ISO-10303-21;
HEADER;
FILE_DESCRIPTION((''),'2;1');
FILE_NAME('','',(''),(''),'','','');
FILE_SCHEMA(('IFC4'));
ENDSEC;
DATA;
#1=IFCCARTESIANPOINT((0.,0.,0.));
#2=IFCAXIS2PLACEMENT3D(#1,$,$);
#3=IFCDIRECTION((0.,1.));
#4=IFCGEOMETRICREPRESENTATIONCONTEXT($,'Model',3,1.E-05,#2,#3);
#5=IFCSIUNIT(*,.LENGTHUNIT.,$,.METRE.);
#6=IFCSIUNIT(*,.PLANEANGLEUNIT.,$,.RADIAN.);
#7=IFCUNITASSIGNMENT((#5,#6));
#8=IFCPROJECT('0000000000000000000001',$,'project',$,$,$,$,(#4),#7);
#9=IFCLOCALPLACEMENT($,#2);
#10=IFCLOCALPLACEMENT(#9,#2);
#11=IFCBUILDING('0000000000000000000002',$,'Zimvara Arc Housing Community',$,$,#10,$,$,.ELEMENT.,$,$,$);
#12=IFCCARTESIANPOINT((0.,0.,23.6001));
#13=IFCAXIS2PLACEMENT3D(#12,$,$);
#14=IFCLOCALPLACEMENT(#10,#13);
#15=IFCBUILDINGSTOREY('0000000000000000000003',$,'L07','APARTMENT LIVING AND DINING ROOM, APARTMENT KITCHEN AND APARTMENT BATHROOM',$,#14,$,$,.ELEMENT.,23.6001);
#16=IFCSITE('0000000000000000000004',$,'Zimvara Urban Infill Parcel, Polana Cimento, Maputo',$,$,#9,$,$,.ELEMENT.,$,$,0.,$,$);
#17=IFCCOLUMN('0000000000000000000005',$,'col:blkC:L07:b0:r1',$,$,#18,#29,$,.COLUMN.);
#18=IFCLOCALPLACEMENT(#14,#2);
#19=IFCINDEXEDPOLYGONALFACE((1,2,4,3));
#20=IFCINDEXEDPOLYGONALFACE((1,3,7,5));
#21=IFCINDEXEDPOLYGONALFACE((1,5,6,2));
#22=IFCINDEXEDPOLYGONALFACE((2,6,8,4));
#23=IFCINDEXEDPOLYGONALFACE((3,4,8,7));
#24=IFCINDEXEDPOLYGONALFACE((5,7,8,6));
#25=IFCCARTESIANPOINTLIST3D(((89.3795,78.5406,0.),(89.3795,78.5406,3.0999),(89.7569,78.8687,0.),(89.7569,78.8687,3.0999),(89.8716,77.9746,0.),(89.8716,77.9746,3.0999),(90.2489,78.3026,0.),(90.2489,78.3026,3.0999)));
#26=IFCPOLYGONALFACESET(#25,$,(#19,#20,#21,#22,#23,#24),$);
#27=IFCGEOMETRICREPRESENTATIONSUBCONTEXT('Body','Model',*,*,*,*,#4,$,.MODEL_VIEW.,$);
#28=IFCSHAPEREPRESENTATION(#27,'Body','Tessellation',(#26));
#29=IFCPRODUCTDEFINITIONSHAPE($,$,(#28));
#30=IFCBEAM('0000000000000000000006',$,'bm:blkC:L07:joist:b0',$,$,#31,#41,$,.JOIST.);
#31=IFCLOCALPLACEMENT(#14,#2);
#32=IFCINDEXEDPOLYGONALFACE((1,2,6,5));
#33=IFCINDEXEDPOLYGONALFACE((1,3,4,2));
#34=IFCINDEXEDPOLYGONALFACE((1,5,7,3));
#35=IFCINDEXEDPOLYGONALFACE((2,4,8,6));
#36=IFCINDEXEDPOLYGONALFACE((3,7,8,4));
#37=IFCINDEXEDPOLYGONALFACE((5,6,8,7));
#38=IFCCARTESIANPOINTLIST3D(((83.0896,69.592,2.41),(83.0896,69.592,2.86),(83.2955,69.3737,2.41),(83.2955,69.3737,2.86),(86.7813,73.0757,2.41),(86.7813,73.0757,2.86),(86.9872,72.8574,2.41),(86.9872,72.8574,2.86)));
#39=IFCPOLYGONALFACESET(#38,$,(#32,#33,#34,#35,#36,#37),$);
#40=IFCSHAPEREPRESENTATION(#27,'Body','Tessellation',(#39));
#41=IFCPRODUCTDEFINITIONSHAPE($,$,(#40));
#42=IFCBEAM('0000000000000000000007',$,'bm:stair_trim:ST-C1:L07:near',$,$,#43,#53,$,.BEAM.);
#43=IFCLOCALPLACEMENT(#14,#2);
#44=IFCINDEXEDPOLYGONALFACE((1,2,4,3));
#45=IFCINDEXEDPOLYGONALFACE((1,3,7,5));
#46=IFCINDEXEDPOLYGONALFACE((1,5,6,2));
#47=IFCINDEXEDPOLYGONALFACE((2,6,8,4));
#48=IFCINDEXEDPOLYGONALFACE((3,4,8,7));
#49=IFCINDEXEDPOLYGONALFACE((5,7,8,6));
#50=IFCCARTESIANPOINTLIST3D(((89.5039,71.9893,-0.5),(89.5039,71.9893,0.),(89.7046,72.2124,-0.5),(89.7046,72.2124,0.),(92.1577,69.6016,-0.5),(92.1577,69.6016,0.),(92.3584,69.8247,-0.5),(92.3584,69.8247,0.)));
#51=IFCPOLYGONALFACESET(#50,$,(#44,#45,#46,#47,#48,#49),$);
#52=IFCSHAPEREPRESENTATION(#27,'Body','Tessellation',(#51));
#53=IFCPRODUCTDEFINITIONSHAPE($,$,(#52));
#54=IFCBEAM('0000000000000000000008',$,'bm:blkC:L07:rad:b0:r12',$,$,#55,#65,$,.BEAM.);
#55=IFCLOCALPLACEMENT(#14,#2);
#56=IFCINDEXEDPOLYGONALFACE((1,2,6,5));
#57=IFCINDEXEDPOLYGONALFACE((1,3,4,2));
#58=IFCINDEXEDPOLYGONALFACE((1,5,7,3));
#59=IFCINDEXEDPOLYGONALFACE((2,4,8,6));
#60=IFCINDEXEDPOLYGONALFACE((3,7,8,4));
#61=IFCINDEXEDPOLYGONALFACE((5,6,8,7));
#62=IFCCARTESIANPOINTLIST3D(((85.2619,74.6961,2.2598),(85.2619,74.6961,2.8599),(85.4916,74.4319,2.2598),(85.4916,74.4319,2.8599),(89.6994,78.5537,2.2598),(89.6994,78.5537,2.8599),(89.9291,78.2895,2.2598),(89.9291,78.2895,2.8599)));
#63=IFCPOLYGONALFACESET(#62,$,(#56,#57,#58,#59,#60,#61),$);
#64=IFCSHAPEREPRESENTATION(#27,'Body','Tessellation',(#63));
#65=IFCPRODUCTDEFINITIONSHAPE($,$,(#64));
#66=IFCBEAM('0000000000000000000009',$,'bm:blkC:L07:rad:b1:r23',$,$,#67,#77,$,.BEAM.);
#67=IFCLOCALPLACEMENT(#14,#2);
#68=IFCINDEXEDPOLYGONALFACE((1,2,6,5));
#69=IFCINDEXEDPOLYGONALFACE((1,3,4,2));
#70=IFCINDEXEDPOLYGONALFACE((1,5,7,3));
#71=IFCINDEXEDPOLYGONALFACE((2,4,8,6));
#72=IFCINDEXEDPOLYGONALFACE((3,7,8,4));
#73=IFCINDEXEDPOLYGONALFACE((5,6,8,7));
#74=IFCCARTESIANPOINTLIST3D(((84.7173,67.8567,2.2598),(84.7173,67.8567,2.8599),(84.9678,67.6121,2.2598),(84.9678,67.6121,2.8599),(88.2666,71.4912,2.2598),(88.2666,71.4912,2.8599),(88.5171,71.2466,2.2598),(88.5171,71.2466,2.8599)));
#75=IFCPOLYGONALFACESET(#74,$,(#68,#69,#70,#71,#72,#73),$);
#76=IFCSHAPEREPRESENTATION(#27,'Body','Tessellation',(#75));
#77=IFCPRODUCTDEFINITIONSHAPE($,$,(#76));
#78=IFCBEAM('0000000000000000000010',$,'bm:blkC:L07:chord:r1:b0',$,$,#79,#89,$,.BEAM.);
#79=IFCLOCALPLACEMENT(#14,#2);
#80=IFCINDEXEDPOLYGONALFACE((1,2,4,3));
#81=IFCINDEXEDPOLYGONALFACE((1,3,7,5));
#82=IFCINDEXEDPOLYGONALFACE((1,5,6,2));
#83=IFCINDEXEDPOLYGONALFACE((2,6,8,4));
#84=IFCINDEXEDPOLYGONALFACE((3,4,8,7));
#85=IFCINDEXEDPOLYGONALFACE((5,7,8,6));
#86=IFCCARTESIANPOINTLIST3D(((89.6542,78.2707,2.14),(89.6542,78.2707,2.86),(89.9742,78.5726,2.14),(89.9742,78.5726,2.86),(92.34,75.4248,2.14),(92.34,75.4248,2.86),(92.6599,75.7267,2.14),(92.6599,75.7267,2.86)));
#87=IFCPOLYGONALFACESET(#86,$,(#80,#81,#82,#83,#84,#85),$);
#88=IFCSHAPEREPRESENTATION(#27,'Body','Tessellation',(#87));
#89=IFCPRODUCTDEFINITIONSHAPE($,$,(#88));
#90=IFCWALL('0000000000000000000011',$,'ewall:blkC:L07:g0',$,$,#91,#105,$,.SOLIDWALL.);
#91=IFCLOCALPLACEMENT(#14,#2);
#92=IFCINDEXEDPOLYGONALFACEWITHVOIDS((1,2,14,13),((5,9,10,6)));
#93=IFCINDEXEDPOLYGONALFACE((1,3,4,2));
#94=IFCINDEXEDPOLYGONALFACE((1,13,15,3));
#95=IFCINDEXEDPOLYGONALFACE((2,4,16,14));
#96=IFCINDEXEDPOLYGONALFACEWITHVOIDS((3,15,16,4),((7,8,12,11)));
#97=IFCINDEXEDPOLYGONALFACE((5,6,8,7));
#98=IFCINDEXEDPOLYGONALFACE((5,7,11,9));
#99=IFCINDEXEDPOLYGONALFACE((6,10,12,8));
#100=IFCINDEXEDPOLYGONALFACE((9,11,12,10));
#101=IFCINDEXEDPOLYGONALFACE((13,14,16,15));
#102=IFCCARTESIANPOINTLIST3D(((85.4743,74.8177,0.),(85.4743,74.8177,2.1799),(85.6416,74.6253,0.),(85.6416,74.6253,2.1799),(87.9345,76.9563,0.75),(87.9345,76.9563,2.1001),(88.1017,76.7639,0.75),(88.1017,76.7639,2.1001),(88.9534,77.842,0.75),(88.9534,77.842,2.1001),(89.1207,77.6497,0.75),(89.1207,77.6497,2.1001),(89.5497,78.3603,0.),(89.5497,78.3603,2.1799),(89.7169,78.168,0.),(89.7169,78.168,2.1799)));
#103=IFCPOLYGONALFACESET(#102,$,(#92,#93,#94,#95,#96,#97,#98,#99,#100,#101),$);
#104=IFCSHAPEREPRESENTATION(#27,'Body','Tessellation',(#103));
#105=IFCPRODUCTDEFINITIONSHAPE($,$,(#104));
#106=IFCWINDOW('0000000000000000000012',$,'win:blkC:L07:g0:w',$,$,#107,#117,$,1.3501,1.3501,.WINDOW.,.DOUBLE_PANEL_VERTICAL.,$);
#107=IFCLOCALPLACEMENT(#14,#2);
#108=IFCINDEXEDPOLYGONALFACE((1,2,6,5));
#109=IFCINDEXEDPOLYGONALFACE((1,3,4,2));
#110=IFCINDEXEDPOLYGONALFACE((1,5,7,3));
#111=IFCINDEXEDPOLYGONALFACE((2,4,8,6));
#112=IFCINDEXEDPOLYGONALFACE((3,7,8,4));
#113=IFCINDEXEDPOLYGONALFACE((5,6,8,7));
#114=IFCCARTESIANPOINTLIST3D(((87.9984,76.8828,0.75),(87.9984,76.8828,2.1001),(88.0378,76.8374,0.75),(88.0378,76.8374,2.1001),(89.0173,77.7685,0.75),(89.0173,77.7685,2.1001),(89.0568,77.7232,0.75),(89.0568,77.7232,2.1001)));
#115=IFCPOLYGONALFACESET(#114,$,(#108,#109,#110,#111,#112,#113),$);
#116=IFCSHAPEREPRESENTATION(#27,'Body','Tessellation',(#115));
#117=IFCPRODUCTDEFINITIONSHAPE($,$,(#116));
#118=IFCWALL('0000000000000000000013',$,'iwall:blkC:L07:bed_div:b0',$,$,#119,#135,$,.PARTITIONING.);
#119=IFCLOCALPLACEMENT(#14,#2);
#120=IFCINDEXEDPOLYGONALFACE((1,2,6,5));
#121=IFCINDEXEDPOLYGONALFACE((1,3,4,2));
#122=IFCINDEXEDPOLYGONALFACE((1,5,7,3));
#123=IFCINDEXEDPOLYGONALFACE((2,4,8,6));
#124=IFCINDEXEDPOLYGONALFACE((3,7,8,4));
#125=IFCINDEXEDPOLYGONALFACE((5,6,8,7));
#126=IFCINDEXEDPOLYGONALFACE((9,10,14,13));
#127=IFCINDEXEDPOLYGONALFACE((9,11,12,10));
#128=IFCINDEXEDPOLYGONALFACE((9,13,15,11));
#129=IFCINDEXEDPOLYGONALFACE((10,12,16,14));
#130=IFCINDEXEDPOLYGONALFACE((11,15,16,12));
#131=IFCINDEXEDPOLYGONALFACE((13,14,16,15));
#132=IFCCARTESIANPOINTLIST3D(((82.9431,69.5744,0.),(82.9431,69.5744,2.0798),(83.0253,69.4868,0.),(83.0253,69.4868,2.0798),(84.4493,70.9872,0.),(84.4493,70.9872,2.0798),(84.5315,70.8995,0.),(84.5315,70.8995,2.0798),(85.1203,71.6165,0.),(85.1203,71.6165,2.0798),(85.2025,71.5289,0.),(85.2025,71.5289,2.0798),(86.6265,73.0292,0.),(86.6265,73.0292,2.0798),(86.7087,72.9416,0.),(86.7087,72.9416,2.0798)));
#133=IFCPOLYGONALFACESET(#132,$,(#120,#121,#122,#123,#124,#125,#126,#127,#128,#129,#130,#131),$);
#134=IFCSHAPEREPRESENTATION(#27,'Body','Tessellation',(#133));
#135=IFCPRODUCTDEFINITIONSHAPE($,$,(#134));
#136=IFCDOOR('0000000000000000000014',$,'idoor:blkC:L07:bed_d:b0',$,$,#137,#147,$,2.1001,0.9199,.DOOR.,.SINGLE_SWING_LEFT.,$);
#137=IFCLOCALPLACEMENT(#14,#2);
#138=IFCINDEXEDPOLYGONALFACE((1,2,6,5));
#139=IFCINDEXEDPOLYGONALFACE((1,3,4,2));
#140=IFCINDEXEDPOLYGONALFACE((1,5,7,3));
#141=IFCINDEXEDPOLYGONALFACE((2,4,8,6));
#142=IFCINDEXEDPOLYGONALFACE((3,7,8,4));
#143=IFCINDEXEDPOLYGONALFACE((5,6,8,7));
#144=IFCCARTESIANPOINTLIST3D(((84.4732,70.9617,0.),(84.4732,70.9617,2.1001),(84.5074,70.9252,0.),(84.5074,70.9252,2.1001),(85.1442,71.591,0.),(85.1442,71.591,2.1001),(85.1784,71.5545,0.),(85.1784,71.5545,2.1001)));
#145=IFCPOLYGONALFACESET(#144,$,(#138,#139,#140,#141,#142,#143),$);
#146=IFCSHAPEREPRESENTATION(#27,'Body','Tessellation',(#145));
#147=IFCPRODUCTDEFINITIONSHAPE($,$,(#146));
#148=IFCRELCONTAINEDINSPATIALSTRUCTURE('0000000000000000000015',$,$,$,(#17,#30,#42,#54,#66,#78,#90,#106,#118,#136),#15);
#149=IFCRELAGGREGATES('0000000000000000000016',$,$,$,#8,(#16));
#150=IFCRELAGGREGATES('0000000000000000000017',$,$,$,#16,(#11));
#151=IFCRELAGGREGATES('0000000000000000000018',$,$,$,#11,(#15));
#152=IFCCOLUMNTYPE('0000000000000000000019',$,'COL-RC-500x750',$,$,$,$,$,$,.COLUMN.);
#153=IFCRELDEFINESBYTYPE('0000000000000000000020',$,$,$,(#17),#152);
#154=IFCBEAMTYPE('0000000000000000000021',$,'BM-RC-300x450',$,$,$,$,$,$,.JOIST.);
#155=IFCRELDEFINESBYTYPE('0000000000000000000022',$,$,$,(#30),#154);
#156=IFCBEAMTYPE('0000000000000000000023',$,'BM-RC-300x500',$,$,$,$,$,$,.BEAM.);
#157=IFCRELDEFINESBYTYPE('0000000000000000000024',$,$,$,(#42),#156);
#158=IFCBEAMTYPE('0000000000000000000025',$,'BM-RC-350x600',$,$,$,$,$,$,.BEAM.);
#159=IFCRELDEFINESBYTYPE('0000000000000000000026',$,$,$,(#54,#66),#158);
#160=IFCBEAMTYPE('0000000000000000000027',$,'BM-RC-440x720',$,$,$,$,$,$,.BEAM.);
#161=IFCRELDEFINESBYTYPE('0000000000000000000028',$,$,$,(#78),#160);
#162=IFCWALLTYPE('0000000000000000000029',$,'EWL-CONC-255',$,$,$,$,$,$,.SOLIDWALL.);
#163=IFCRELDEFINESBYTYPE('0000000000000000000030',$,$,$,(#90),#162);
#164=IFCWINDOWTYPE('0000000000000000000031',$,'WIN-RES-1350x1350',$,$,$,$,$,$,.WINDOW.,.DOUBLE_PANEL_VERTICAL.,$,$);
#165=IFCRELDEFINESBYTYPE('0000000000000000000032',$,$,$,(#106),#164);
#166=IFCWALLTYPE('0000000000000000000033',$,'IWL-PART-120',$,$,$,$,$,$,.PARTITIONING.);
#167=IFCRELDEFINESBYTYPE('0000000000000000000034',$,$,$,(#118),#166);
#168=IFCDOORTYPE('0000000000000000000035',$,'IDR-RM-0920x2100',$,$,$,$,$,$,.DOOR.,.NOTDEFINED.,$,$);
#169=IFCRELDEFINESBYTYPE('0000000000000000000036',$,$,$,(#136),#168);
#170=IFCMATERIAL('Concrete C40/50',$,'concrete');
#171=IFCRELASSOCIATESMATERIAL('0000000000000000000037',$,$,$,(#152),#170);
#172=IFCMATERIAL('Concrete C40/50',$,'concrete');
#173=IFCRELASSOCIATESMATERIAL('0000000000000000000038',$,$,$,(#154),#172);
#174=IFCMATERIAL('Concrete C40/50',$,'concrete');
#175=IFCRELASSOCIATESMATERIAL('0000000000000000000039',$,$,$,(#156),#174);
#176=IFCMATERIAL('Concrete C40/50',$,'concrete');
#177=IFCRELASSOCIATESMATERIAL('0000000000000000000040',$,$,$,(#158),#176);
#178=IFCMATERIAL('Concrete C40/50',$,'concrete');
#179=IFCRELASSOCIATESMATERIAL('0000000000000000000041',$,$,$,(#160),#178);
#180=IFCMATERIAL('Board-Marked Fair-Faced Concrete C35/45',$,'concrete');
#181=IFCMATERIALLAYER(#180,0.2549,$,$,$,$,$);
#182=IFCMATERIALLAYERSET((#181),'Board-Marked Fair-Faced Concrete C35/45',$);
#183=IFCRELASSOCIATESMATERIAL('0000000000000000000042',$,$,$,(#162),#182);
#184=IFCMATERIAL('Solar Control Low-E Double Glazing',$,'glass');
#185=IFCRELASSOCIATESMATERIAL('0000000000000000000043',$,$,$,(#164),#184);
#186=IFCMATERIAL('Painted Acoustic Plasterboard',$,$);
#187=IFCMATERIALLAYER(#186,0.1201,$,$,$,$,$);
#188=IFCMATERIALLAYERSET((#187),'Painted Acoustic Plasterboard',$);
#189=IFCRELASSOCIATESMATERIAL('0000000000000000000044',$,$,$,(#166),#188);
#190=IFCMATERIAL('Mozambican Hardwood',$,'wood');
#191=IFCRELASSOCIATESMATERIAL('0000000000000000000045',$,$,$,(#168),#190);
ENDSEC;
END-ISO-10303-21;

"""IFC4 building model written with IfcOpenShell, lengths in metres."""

from ifc_helpers import new_model, si_unit, direction, frame, frame_2d, origin, origin_2d, place, context, subcontext, project, spatial, rectangle, extrude, material, layer, layer_set, material_profile, profile_set, type_object, element, fill, save


model = new_model("IFC4")

# Units and contexts
model_context = context("Model", 3, precision=1e-05, world=origin(), true_north=direction((0.0, 1.0)))
body_context = subcontext(model_context, "Body", "Model", "MODEL_VIEW")
ifc_project = project(units=[si_unit("LENGTHUNIT", "METRE"), si_unit("PLANEANGLEUNIT", "RADIAN")], contexts=[model_context])

# Site, building, storey
site_placement = place(None, origin())
site = spatial("IfcSite", under=ifc_project, at=site_placement, Name="Zimvara Urban Infill Parcel, Polana Cimento, Maputo", CompositionType="ELEMENT", RefElevation=0.0)
building_placement = place(site_placement, origin())
building = spatial("IfcBuilding", under=site, at=building_placement, Name="Zimvara Arc Housing Community", CompositionType="ELEMENT")
storey_placement = place(building_placement, frame((0.0, 0.0, 23.6001)))
storey = spatial("IfcBuildingStorey", under=building, at=storey_placement, Name="L07", Description="APARTMENT LIVING AND DINING ROOM, APARTMENT KITCHEN AND APARTMENT BATHROOM", CompositionType="ELEMENT", Elevation=23.6001)

# Column
ifc_material_1 = material(Name="Concrete C40/50", Category="concrete")
ifc_material_profile_1 = material_profile(ifc_material_1, rectangle(XDim=0.5, YDim=0.75, at=origin_2d()), Name="RC 500x750")
ifc_profile_set_1 = profile_set([ifc_material_profile_1], Name="Concrete C40/50")
column_type = type_object("IfcColumnType", Name="COL-RC-500x750", PredefinedType="COLUMN", material=ifc_profile_set_1)
column_placement = place(storey_placement, frame((89.8142, 78.4216, 0.0), z_axis=(0.0, 0.0, 1.0), x_axis=(-0.75471, -0.656059, 0.0)))
element("IfcColumn", 1, at=column_placement, inside=storey, type_object=column_type, Name="col:blkC:L07:b0:r1", PredefinedType="COLUMN", context=body_context, shape_type="SweptSolid", body=[
    extrude(rectangle(XDim=0.5, YDim=0.75, at=origin_2d()), origin(), (0.0, 0.0, 1.0), 3.0999),
])

# Beams
ifc_material_2 = material(Name="Concrete C40/50", Category="concrete")
ifc_material_profile_2 = material_profile(ifc_material_2, rectangle(XDim=0.3, YDim=0.45, at=origin_2d()), Name="RC 300x450")
ifc_profile_set_2 = profile_set([ifc_material_profile_2], Name="Concrete C40/50")
beam_type_1 = type_object("IfcBeamType", Name="BM-RC-300x450", PredefinedType="JOIST", material=ifc_profile_set_2)
beam_1_placement = place(storey_placement, frame((86.8843, 72.9666, 2.635), z_axis=(-0.7273, -0.68632, 0.0), x_axis=(0.68632, -0.7273, 0.0)))
element("IfcBeam", 2, at=beam_1_placement, inside=storey, type_object=beam_type_1, Name="bm:blkC:L07:joist:b0", PredefinedType="JOIST", context=body_context, shape_type="SweptSolid", body=[
    extrude(rectangle(XDim=0.3, YDim=0.45, at=origin_2d()), origin(), (0.0, 0.0, 1.0), 5.0759),
])
ifc_material_3 = material(Name="Concrete C40/50", Category="concrete")
ifc_material_profile_3 = material_profile(ifc_material_3, rectangle(XDim=0.3, YDim=0.5, at=origin_2d()), Name="RC 300x500")
ifc_profile_set_3 = profile_set([ifc_material_profile_3], Name="Concrete C40/50")
beam_type_2 = type_object("IfcBeamType", Name="BM-RC-300x500", PredefinedType="BEAM", material=ifc_profile_set_3)
beam_2_placement = place(storey_placement, frame((89.6042, 72.1008, -0.25), z_axis=(0.743396, -0.668851, 0.0), x_axis=(0.668851, 0.743396, 0.0)))
element("IfcBeam", 3, at=beam_2_placement, inside=storey, type_object=beam_type_2, Name="bm:stair_trim:ST-C1:L07:near", PredefinedType="BEAM", context=body_context, shape_type="SweptSolid", body=[
    extrude(rectangle(XDim=0.3, YDim=0.5, at=origin_2d()), origin(), (0.0, 0.0, 1.0), 3.5698),
])
ifc_material_4 = material(Name="Concrete C40/50", Category="concrete")
ifc_material_profile_4 = material_profile(ifc_material_4, rectangle(XDim=0.3501, YDim=0.6001, at=origin_2d()), Name="RC 350x600")
ifc_profile_set_4 = profile_set([ifc_material_profile_4], Name="Concrete C40/50")
beam_type_3 = type_object("IfcBeamType", Name="BM-RC-350x600", PredefinedType="BEAM", material=ifc_profile_set_4)
beam_3_placement = place(storey_placement, frame((89.8142, 78.4216, 2.5598), z_axis=(-0.754692, -0.656079, 0.0), x_axis=(0.656079, -0.754692, 0.0)))
element("IfcBeam", 4, at=beam_3_placement, inside=storey, type_object=beam_type_3, Name="bm:blkC:L07:rad:b0:r12", PredefinedType="BEAM", context=body_context, shape_type="SweptSolid", body=[
    extrude(rectangle(XDim=0.3501, YDim=0.6001, at=origin_2d()), origin(), (0.0, 0.0, 1.0), 5.8799),
])
beam_4_placement = place(storey_placement, frame((88.3918, 71.3689, 2.5598), z_axis=(-0.698671, -0.715443, 0.0), x_axis=(0.715443, -0.698671, 0.0)))
element("IfcBeam", 5, at=beam_4_placement, inside=storey, type_object=beam_type_3, Name="bm:blkC:L07:rad:b1:r23", PredefinedType="BEAM", context=body_context, shape_type="SweptSolid", body=[
    extrude(rectangle(XDim=0.3501, YDim=0.6001, at=origin_2d()), origin(), (0.0, 0.0, 1.0), 5.0801),
])
ifc_material_5 = material(Name="Concrete C40/50", Category="concrete")
ifc_material_profile_5 = material_profile(ifc_material_5, rectangle(XDim=0.4399, YDim=0.72, at=origin_2d()), Name="RC 440x720")
ifc_profile_set_5 = profile_set([ifc_material_profile_5], Name="Concrete C40/50")
beam_type_4 = type_object("IfcBeamType", Name="BM-RC-440x720", PredefinedType="BEAM", material=ifc_profile_set_5)
beam_5_placement = place(storey_placement, frame((89.8142, 78.4216, 2.5), z_axis=(0.686347, -0.727274, 0.0), x_axis=(0.727274, 0.686347, 0.0)))
element("IfcBeam", 6, at=beam_5_placement, inside=storey, type_object=beam_type_4, Name="bm:blkC:L07:chord:r1:b0", PredefinedType="BEAM", context=body_context, shape_type="SweptSolid", body=[
    extrude(rectangle(XDim=0.4399, YDim=0.72, at=origin_2d()), origin(), (0.0, 0.0, 1.0), 3.9131),
])

# Wall, opening, window
ifc_material_6 = material(Name="Board-Marked Fair-Faced Concrete C35/45", Category="concrete")
ifc_layer_1 = layer(ifc_material_6, 0.2549)
ifc_layer_set_1 = layer_set([ifc_layer_1], Name="Board-Marked Fair-Faced Concrete C35/45")
wall_type_1 = type_object("IfcWallType", Name="EWL-CONC-255", PredefinedType="SOLIDWALL", material=ifc_layer_set_1)
wall_1_placement = place(storey_placement, frame((89.6333, 78.2642, 0.0), z_axis=(0.0, 0.0, 1.0), x_axis=(-0.75471, -0.656059, 0.0)))
wall_1 = element("IfcWall", 7, at=wall_1_placement, inside=storey, type_object=wall_type_1, Name="ewall:blkC:L07:g0", PredefinedType="SOLIDWALL", context=body_context, shape_type="SweptSolid", body=[
    extrude(rectangle(XDim=5.3999, YDim=0.2549, at=frame_2d((2.7, 0.0))), origin(), (0.0, 0.0, 1.0), 2.1799),
])
opening_1_placement = place(wall_1_placement, frame((0.79, 0.0, 0.75)))
opening_1 = element("IfcOpeningElement", 8, at=opening_1_placement, cuts=wall_1, PredefinedType="OPENING", context=body_context, shape_type="SweptSolid", body=[
    extrude(rectangle(XDim=1.3501, YDim=1.3501, at=frame_2d((0.675, 0.675))), frame((0.0, 0.1375, 0.0), z_axis=(0.0, -1.0, 0.0), x_axis=(1.0, 0.0, 0.0)), (0.0, 0.0, 1.0), 0.2749),
])
ifc_material_7 = material(Name="Solar Control Low-E Double Glazing", Category="glass")
window_type = type_object("IfcWindowType", Name="WIN-RES-1350x1350", PartitioningType="DOUBLE_PANEL_VERTICAL", PredefinedType="WINDOW", material=ifc_material_7)
window_placement = place(opening_1_placement, origin())
window = element("IfcWindow", 9, at=window_placement, inside=storey, type_object=window_type, Name="win:blkC:L07:g0:w", OverallHeight=1.3501, OverallWidth=1.3501, PartitioningType="DOUBLE_PANEL_VERTICAL", PredefinedType="WINDOW", context=body_context, shape_type="SweptSolid", body=[
    extrude(rectangle(XDim=1.3501, YDim=1.3501, at=frame_2d((0.675, 0.675))), frame((0.0, 0.03, 0.0), z_axis=(0.0, -1.0, 0.0), x_axis=(1.0, 0.0, 0.0)), (0.0, 0.0, 1.0), 0.0601),
])
fill(opening_1, window)

# Wall, opening, door
ifc_material_8 = material(Name="Painted Acoustic Plasterboard")
ifc_layer_2 = layer(ifc_material_8, 0.1201)
ifc_layer_set_2 = layer_set([ifc_layer_2], Name="Painted Acoustic Plasterboard")
wall_type_2 = type_object("IfcWallType", Name="IWL-PART-120", PredefinedType="PARTITIONING", material=ifc_layer_set_2)
wall_2_placement = place(storey_placement, frame((86.6675, 72.9854, 0.0), z_axis=(0.0, 0.0, 1.0), x_axis=(-0.72937, -0.68412, 0.0)))
wall_2 = element("IfcWall", 10, at=wall_2_placement, inside=storey, type_object=wall_type_2, Name="iwall:blkC:L07:bed_div:b0", PredefinedType="PARTITIONING", context=body_context, shape_type="SweptSolid", body=[
    extrude(rectangle(XDim=5.05, YDim=0.1201, at=frame_2d((2.5249, 0.0))), origin(), (0.0, 0.0, 1.0), 2.0798),
])
opening_2_placement = place(wall_2_placement, frame((2.0649, 0.0, 0.0)))
opening_2 = element("IfcOpeningElement", 11, at=opening_2_placement, cuts=wall_2, PredefinedType="OPENING", context=body_context, shape_type="SweptSolid", body=[
    extrude(rectangle(XDim=0.9199, YDim=2.1001, at=frame_2d((0.46, 1.05))), frame((0.0, 0.0701, 0.0), z_axis=(0.0, -1.0, 0.0), x_axis=(1.0, 0.0, 0.0)), (0.0, 0.0, 1.0), 0.1401),
])
ifc_material_9 = material(Name="Mozambican Hardwood", Category="wood")
door_type_1 = type_object("IfcDoorType", Name="IDR-RM-0920x2100", OperationType="NOTDEFINED", PredefinedType="DOOR", material=ifc_material_9)
door_1_placement = place(opening_2_placement, origin())
door_1 = element("IfcDoor", 12, at=door_1_placement, inside=storey, type_object=door_type_1, Name="idoor:blkC:L07:bed_d:b0", OperationType="SINGLE_SWING_LEFT", OverallHeight=2.1001, OverallWidth=0.9199, PredefinedType="DOOR", context=body_context, shape_type="SweptSolid", body=[
    extrude(rectangle(XDim=0.9199, YDim=2.1001, at=frame_2d((0.46, 1.05))), frame((0.0, 0.0249, 0.0), z_axis=(0.0, -1.0, 0.0), x_axis=(1.0, 0.0, 0.0)), (0.0, 0.0, 1.0), 0.05),
])
fill(opening_2, door_1)

save(model, "model.ifc")
